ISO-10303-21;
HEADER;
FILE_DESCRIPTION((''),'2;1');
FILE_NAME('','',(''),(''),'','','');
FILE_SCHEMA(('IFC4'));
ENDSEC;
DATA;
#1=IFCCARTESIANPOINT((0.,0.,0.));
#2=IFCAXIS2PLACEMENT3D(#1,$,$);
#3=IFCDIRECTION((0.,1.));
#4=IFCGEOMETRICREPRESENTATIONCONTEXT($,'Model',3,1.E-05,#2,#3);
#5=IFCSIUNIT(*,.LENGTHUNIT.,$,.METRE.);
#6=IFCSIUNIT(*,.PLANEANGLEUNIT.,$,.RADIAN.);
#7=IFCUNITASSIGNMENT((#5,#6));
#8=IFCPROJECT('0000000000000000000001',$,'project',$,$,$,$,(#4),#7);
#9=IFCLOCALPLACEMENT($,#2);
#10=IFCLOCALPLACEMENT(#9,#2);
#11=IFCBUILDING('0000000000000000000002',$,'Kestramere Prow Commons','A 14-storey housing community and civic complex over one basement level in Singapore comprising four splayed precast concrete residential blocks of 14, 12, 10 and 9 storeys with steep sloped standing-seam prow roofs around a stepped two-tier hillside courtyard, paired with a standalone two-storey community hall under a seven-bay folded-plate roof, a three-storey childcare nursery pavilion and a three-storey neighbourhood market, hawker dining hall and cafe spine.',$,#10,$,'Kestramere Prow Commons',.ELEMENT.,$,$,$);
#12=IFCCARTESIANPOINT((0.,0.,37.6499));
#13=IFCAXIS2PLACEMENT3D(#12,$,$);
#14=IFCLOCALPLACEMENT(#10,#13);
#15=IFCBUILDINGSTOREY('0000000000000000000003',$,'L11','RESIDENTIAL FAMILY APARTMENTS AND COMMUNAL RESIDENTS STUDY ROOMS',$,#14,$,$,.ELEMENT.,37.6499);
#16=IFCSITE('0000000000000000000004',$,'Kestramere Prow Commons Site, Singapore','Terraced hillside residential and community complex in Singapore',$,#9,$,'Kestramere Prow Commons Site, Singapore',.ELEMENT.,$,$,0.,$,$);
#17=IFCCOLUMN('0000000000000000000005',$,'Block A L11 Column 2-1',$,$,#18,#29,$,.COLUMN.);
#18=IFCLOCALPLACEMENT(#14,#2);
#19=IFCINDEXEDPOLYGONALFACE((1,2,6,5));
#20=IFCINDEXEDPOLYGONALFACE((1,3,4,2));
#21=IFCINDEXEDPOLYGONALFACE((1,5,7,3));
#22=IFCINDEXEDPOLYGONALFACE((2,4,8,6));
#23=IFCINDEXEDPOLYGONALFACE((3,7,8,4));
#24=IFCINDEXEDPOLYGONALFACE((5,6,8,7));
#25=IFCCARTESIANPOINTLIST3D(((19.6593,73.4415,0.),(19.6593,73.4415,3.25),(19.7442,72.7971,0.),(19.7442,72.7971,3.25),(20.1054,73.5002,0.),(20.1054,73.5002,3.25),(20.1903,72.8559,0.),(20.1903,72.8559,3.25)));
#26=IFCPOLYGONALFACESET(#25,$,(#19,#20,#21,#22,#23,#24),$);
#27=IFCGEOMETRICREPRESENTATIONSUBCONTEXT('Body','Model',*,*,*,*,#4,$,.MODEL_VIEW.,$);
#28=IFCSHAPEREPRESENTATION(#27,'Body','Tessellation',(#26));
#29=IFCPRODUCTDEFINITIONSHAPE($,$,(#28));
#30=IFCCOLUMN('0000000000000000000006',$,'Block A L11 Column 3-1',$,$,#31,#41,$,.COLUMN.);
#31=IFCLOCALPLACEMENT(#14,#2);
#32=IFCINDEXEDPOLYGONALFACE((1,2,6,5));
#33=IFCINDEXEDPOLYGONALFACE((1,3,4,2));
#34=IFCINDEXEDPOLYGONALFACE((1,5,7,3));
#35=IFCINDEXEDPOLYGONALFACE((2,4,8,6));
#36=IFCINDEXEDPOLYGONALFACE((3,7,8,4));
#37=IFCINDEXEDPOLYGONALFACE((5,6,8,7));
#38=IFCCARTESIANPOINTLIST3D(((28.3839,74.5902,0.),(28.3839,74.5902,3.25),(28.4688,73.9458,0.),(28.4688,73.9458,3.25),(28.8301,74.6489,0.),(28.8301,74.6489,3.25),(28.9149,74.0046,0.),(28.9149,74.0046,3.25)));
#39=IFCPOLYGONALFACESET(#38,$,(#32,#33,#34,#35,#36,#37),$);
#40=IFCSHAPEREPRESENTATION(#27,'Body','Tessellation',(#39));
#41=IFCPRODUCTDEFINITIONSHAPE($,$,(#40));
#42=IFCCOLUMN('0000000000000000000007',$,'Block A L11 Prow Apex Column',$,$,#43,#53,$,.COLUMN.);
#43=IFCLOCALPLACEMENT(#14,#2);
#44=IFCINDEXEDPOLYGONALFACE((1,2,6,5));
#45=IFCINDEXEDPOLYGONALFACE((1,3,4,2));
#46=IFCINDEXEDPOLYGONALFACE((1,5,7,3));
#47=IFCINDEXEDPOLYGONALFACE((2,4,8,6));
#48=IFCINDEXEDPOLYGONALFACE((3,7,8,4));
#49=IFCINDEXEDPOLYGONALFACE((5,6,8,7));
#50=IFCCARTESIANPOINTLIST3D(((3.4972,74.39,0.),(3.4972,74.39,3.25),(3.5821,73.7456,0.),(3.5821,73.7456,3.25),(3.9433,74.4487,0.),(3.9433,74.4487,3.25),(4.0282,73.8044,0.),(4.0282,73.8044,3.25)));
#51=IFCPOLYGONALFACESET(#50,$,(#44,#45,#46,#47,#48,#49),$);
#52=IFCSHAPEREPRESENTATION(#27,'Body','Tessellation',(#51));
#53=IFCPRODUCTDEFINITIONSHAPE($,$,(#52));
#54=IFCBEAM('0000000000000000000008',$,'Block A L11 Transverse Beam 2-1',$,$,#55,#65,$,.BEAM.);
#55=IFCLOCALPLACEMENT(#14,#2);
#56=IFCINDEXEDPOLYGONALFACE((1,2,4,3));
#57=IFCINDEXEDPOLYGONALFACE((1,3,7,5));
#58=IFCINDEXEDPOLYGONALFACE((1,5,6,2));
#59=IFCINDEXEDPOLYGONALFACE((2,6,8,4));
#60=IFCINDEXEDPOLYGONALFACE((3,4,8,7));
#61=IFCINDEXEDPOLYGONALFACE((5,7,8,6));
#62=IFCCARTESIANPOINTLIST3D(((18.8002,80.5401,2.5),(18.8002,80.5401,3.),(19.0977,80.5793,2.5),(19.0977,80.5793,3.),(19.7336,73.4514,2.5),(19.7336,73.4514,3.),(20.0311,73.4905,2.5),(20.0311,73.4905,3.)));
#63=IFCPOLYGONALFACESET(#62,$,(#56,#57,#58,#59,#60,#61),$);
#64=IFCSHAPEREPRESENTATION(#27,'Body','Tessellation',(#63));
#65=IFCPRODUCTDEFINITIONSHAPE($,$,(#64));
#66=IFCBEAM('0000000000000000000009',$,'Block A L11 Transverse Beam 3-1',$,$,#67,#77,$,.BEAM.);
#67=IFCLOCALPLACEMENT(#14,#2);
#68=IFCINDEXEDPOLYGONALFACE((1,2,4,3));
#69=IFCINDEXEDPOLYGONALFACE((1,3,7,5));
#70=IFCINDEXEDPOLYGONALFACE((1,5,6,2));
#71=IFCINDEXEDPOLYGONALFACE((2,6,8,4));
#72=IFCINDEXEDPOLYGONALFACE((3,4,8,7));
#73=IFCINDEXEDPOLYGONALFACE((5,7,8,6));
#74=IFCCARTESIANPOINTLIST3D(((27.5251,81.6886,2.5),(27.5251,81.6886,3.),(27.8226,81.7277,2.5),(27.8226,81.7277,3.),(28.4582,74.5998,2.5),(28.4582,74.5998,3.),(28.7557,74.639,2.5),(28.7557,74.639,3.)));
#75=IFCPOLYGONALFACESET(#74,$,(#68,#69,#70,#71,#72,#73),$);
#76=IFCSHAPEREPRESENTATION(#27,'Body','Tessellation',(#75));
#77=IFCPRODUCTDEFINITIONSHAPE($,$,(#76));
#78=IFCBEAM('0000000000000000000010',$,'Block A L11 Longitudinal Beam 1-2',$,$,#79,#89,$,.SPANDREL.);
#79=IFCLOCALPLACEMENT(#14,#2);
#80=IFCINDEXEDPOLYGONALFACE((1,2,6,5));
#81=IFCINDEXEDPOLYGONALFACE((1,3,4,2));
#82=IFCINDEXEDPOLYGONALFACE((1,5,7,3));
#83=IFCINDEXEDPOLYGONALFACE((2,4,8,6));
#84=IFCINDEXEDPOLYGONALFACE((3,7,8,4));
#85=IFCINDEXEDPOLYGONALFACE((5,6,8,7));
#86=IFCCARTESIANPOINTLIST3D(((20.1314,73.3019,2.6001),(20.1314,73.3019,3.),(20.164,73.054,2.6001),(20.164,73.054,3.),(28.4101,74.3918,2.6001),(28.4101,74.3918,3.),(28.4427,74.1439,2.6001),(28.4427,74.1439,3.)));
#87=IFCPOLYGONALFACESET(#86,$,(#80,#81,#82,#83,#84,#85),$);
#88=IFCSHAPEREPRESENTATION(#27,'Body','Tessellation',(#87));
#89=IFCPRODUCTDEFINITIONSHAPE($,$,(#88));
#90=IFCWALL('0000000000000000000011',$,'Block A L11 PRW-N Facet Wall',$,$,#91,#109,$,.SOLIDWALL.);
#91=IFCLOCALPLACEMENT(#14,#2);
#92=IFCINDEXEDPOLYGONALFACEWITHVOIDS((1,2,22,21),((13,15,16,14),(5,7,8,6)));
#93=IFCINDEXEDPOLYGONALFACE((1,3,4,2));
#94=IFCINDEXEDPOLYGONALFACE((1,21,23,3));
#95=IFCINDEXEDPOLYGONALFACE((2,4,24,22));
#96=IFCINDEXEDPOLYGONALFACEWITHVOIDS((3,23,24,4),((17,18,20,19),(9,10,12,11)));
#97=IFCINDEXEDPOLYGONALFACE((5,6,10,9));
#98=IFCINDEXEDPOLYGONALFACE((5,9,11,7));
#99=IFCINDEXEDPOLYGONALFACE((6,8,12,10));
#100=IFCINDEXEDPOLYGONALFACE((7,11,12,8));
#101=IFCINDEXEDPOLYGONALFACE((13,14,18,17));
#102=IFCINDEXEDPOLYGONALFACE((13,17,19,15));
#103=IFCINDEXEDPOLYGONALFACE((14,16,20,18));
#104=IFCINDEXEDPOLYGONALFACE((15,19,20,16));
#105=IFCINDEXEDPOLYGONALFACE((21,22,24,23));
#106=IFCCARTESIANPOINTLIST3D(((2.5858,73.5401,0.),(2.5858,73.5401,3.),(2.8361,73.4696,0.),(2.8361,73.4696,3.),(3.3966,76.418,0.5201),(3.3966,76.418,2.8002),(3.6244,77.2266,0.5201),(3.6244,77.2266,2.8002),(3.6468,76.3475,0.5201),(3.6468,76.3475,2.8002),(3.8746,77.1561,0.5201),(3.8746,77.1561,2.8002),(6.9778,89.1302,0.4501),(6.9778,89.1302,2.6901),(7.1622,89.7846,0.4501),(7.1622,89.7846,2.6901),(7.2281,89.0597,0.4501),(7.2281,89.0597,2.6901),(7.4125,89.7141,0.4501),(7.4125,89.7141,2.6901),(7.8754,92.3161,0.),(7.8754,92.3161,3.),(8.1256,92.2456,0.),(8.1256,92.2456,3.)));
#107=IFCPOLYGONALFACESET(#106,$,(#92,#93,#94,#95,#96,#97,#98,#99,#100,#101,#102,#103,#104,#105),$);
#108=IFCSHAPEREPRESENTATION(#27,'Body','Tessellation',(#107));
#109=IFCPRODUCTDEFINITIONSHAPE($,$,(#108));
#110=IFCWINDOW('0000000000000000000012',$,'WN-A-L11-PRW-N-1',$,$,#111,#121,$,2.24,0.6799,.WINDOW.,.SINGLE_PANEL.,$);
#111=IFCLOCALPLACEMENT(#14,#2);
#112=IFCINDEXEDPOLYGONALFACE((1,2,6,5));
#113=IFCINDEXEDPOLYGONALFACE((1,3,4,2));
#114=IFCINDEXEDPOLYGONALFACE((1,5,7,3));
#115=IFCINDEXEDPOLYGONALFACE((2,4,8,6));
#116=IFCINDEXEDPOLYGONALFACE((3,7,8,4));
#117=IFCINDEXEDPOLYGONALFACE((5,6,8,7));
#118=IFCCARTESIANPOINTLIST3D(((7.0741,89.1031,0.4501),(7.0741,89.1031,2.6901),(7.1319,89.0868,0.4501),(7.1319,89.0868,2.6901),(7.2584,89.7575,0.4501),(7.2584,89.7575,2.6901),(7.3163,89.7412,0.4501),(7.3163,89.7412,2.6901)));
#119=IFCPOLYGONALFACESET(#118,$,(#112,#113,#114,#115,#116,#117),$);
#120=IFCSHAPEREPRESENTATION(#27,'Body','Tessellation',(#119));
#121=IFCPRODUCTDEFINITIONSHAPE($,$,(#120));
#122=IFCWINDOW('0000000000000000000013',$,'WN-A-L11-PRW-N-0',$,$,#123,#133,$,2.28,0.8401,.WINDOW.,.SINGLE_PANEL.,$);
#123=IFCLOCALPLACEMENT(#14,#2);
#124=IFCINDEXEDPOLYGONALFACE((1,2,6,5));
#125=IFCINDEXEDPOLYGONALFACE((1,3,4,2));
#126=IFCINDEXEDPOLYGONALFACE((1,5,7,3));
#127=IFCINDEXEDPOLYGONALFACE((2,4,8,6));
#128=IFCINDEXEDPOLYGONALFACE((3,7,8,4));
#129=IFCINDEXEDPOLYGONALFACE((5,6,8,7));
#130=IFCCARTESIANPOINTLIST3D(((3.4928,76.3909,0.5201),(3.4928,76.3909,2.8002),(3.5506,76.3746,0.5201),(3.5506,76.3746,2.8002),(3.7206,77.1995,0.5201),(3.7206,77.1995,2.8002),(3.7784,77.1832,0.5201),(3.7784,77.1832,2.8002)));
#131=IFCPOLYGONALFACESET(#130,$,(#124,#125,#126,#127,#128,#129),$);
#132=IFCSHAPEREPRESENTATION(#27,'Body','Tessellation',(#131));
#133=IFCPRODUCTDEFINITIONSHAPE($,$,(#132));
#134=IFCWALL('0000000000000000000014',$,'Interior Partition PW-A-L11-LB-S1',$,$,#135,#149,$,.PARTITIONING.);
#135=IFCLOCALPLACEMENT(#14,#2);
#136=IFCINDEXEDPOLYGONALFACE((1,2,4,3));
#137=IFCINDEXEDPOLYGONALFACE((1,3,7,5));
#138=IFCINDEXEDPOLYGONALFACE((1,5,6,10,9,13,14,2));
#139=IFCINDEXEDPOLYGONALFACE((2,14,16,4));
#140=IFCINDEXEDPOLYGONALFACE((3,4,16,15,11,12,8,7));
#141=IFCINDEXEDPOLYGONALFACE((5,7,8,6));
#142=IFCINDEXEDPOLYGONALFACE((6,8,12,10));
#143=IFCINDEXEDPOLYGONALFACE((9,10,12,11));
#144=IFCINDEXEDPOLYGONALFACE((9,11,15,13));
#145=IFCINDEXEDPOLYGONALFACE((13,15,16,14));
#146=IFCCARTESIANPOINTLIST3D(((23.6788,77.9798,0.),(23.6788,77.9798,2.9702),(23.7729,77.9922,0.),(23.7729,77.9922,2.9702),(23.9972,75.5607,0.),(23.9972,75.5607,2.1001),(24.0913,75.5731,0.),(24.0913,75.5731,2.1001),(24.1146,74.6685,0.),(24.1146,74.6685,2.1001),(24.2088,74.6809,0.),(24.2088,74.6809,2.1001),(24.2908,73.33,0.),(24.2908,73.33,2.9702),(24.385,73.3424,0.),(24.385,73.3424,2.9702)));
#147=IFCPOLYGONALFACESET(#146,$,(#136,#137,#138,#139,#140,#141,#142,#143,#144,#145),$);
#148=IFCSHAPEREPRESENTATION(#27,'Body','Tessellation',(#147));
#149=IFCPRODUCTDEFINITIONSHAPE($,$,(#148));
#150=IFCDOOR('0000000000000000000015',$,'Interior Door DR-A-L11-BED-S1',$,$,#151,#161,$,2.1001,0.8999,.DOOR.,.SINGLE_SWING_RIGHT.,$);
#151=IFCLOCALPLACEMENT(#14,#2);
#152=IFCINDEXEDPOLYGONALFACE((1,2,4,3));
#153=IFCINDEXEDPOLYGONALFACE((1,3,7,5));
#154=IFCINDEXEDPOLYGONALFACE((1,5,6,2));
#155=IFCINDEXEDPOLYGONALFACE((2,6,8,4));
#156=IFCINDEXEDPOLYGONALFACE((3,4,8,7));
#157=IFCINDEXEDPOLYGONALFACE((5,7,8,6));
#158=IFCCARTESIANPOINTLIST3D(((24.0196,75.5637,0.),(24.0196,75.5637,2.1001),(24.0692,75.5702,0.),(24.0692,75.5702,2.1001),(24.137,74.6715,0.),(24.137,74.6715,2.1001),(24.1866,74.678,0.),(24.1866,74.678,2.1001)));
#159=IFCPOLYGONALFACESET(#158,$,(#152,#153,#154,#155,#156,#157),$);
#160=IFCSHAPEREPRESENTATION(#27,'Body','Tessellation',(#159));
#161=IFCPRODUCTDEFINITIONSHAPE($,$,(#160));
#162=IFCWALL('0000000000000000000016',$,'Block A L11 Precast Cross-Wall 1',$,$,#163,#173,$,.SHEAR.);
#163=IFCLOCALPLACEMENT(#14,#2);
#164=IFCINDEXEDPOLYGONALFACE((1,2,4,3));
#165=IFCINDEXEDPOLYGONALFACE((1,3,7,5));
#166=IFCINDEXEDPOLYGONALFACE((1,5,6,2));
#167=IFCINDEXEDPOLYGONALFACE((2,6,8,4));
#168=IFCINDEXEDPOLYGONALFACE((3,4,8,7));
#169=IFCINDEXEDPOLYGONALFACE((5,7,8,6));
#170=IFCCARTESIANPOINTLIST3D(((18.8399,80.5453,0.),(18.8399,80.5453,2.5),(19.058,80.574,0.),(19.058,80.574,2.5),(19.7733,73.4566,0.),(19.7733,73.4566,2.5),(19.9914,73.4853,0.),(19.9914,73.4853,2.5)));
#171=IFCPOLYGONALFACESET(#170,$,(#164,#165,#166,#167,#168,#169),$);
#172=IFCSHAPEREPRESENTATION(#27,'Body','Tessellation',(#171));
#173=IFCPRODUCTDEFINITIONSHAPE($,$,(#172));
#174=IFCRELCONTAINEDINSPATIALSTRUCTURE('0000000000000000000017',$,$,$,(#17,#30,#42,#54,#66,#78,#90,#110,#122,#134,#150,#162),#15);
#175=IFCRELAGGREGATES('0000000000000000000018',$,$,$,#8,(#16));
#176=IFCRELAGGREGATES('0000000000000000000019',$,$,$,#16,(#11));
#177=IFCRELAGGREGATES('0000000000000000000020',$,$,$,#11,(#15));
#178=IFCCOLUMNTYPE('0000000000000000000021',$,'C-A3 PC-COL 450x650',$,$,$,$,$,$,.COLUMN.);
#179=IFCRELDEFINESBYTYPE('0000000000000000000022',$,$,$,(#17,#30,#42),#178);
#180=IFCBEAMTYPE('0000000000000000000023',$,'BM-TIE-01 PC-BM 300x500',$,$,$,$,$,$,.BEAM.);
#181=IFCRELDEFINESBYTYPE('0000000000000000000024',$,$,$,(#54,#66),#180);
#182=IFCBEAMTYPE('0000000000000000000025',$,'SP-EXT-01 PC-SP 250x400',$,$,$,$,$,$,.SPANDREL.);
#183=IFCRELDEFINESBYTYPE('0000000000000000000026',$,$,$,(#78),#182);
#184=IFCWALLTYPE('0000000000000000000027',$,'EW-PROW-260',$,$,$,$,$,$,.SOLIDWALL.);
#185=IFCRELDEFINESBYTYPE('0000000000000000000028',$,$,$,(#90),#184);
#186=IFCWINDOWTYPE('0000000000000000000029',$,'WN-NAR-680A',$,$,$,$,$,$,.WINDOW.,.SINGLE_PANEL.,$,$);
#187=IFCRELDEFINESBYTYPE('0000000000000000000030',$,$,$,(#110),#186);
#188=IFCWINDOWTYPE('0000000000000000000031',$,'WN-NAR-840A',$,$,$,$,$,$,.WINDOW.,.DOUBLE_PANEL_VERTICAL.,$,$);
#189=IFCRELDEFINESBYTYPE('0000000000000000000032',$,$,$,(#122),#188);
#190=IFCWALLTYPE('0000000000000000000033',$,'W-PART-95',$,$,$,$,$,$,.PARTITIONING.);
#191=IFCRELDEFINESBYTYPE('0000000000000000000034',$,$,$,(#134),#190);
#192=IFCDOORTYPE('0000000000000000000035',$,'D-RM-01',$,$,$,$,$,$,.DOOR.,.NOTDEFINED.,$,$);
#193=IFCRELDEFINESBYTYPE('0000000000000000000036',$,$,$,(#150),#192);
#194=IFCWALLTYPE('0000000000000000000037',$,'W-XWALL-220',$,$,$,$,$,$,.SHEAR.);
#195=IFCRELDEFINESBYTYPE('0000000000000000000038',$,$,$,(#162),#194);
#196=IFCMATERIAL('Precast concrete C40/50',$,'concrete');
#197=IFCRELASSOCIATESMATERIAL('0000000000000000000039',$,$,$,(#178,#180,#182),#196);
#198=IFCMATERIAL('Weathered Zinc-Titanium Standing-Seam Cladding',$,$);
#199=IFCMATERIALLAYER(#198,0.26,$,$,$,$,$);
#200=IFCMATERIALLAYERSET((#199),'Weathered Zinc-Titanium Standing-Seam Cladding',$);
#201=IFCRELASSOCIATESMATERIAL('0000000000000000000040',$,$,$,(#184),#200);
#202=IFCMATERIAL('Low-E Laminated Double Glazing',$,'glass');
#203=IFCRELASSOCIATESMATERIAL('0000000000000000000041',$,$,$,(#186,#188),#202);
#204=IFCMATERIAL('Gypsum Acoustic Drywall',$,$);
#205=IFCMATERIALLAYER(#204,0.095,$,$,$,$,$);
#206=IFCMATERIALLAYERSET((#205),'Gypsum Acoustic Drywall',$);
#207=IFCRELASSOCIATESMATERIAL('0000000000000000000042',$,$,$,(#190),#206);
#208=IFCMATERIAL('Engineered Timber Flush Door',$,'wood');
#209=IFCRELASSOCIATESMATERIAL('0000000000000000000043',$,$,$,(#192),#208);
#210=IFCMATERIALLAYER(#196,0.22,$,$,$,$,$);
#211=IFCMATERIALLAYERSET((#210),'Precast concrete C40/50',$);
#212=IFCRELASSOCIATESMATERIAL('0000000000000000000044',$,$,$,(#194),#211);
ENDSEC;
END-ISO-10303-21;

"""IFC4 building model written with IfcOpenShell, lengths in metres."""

from ifc_helpers import new_model, si_unit, direction, frame, frame_2d, origin, origin_2d, place, context, subcontext, project, spatial, rectangle, extrude, material, layer, layer_set, material_profile, profile_set, type_object, element, fill, save


model = new_model("IFC4")

# Units and contexts
model_context = context("Model", 3, precision=1e-05, world=origin(), true_north=direction((0.0, 1.0)))
body_context = subcontext(model_context, "Body", "Model", "MODEL_VIEW")
ifc_project = project(units=[si_unit("LENGTHUNIT", "METRE"), si_unit("PLANEANGLEUNIT", "RADIAN")], contexts=[model_context])

# Site, building, storey
site_placement = place(None, origin())
site = spatial("IfcSite", under=ifc_project, at=site_placement, Name="Kestramere Prow Commons Site, Singapore", Description="Terraced hillside residential and community complex in Singapore", LongName="Kestramere Prow Commons Site, Singapore", CompositionType="ELEMENT", RefElevation=0.0)
building_placement = place(site_placement, origin())
building = spatial("IfcBuilding", under=site, at=building_placement, Name="Kestramere Prow Commons", Description="A 14-storey housing community and civic complex over one basement level in Singapore comprising four splayed precast concrete residential blocks of 14, 12, 10 and 9 storeys with steep sloped standing-seam prow roofs around a stepped two-tier hillside courtyard, paired with a standalone two-storey community hall under a seven-bay folded-plate roof, a three-storey childcare nursery pavilion and a three-storey neighbourhood market, hawker dining hall and cafe spine.", LongName="Kestramere Prow Commons", CompositionType="ELEMENT")
storey_placement = place(building_placement, frame((0.0, 0.0, 37.6499)))
storey = spatial("IfcBuildingStorey", under=building, at=storey_placement, Name="L11", Description="RESIDENTIAL FAMILY APARTMENTS AND COMMUNAL RESIDENTS STUDY ROOMS", CompositionType="ELEMENT", Elevation=37.6499)

# Columns
ifc_material_1 = material(Name="Precast concrete C40/50", Category="concrete")
ifc_material_profile_1 = material_profile(ifc_material_1, rectangle(XDim=0.45, YDim=0.6499, at=origin_2d()), Name="PC-COL 450x650")
ifc_profile_set_1 = profile_set([ifc_material_profile_1], Name="Precast concrete C40/50")
column_type = type_object("IfcColumnType", Name="C-A3 PC-COL 450x650", PredefinedType="COLUMN", material=ifc_profile_set_1)
for number, where, z_axis, x_axis, name in (
    (1, (19.9248, 73.1487, 0.0), (0.0, 0.0, 1.0), (0.991445, 0.130526, 0.0), "Block A L11 Column 2-1"),
    (2, (28.6494, 74.2974, 0.0), (0.0, 0.0, 1.0), (0.991445, 0.130526, 0.0), "Block A L11 Column 3-1"),
    (3, (3.7627, 74.0972, 0.0), (0.0, 0.0, 1.0), (0.991445, 0.130526, 0.0), "Block A L11 Prow Apex Column"),
):
    element("IfcColumn", number, at=place(storey_placement, frame(where, z_axis=z_axis, x_axis=x_axis)), inside=storey, type_object=column_type, Name=name, PredefinedType="COLUMN", context=body_context, shape_type="SweptSolid", body=[
        extrude(rectangle(XDim=0.45, YDim=0.6499, at=origin_2d()), origin(), (0.0, 0.0, 1.0), 3.25),
    ])

# Beams
ifc_material_profile_2 = material_profile(ifc_material_1, rectangle(XDim=0.3, YDim=0.5, at=origin_2d()), Name="PC-BM 300x500")
ifc_profile_set_2 = profile_set([ifc_material_profile_2], Name="Precast concrete C40/50")
beam_type_1 = type_object("IfcBeamType", Name="BM-TIE-01 PC-BM 300x500", PredefinedType="BEAM", material=ifc_profile_set_2)
for number, where, z_axis, x_axis, name in (
    (4, (19.8823, 73.4709, 2.75), (-0.130542, 0.991443, 0.0), (-0.991443, -0.130542, 0.0), "Block A L11 Transverse Beam 2-1"),
    (5, (28.6069, 74.6194, 2.75), (-0.130504, 0.991448, 0.0), (-0.991448, -0.130504, 0.0), "Block A L11 Transverse Beam 3-1"),
):
    element("IfcBeam", number, at=place(storey_placement, frame(where, z_axis=z_axis, x_axis=x_axis)), inside=storey, type_object=beam_type_1, Name=name, PredefinedType="BEAM", context=body_context, shape_type="SweptSolid", body=[
        extrude(rectangle(XDim=0.3, YDim=0.5, at=origin_2d()), origin(), (0.0, 0.0, 1.0), 7.1499),
    ])
ifc_material_profile_3 = material_profile(ifc_material_1, rectangle(XDim=0.25, YDim=0.3999, at=origin_2d()), Name="PC-SP 250x400")
ifc_profile_set_3 = profile_set([ifc_material_profile_3], Name="Precast concrete C40/50")
beam_type_2 = type_object("IfcBeamType", Name="SP-EXT-01 PC-SP 250x400", PredefinedType="SPANDREL", material=ifc_profile_set_3)
beam_placement = place(storey_placement, frame((20.1477, 73.178, 2.8), z_axis=(0.991446, 0.13052, 0.0), x_axis=(-0.13052, 0.991446, 0.0)))
element("IfcBeam", 6, at=beam_placement, inside=storey, type_object=beam_type_2, Name="Block A L11 Longitudinal Beam 1-2", PredefinedType="SPANDREL", context=body_context, shape_type="SweptSolid", body=[
    extrude(rectangle(XDim=0.25, YDim=0.3999, at=origin_2d()), origin(), (0.0, 0.0, 1.0), 8.3501),
])

# Wall, openings, windows
ifc_material_2 = material(Name="Weathered Zinc-Titanium Standing-Seam Cladding")
ifc_layer_1 = layer(ifc_material_2, 0.26)
ifc_layer_set_1 = layer_set([ifc_layer_1], Name="Weathered Zinc-Titanium Standing-Seam Cladding")
wall_type_1 = type_object("IfcWallType", Name="EW-PROW-260", PredefinedType="SOLIDWALL", material=ifc_layer_set_1)
wall_1_placement = place(storey_placement, frame((2.7109, 73.5049, 0.0), z_axis=(0.0, 0.0, 1.0), x_axis=(0.271165, 0.962533, 0.0)))
wall_1 = element("IfcWall", 7, at=wall_1_placement, inside=storey, type_object=wall_type_1, Name="Block A L11 PRW-N Facet Wall", PredefinedType="SOLIDWALL", context=body_context, shape_type="SweptSolid", body=[
    extrude(rectangle(XDim=19.5068, YDim=0.26, at=frame_2d((9.7534, 0.0))), origin(), (0.0, 0.0, 1.0), 3.0),
])
opening_1_placement = place(wall_1_placement, frame((2.99, 0.0, 0.52)))
opening_1 = element("IfcOpeningElement", 8, at=opening_1_placement, cuts=wall_1, PredefinedType="OPENING", context=body_context, shape_type="SweptSolid", body=[
    extrude(rectangle(XDim=0.8401, YDim=2.28, at=frame_2d((0.4199, 1.1401))), frame((0.0, 0.145, 0.0), z_axis=(0.0, -1.0, 0.0), x_axis=(1.0, 0.0, 0.0)), (0.0, 0.0, 1.0), 0.29),
])
opening_2_placement = place(wall_1_placement, frame((16.197, 0.0, 0.45)))
opening_2 = element("IfcOpeningElement", 9, at=opening_2_placement, cuts=wall_1, PredefinedType="OPENING", context=body_context, shape_type="SweptSolid", body=[
    extrude(rectangle(XDim=0.6799, YDim=2.24, at=frame_2d((0.3398, 1.1201))), frame((0.0, 0.145, 0.0), z_axis=(0.0, -1.0, 0.0), x_axis=(1.0, 0.0, 0.0)), (0.0, 0.0, 1.0), 0.29),
])
ifc_material_3 = material(Name="Low-E Laminated Double Glazing", Category="glass")
window_type_1 = type_object("IfcWindowType", Name="WN-NAR-680A", PartitioningType="SINGLE_PANEL", PredefinedType="WINDOW", material=ifc_material_3)
window_1_placement = place(opening_2_placement, origin())
window_1 = element("IfcWindow", 10, at=window_1_placement, inside=storey, type_object=window_type_1, Name="WN-A-L11-PRW-N-1", OverallHeight=2.24, OverallWidth=0.6799, PartitioningType="SINGLE_PANEL", PredefinedType="WINDOW", context=body_context, shape_type="SweptSolid", body=[
    extrude(rectangle(XDim=0.6799, YDim=2.24, at=frame_2d((0.3398, 1.1201))), frame((0.0, 0.03, 0.0), z_axis=(0.0, -1.0, 0.0), x_axis=(1.0, 0.0, 0.0)), (0.0, 0.0, 1.0), 0.0601),
])
fill(opening_2, window_1)
window_type_2 = type_object("IfcWindowType", Name="WN-NAR-840A", PartitioningType="DOUBLE_PANEL_VERTICAL", PredefinedType="WINDOW", material=ifc_material_3)
window_2_placement = place(opening_1_placement, origin())
window_2 = element("IfcWindow", 11, at=window_2_placement, inside=storey, type_object=window_type_2, Name="WN-A-L11-PRW-N-0", OverallHeight=2.28, OverallWidth=0.8401, PartitioningType="SINGLE_PANEL", PredefinedType="WINDOW", context=body_context, shape_type="SweptSolid", body=[
    extrude(rectangle(XDim=0.8401, YDim=2.28, at=frame_2d((0.4199, 1.1401))), frame((0.0, 0.03, 0.0), z_axis=(0.0, -1.0, 0.0), x_axis=(1.0, 0.0, 0.0)), (0.0, 0.0, 1.0), 0.0601),
])
fill(opening_1, window_2)

# Wall, opening, door
ifc_material_4 = material(Name="Gypsum Acoustic Drywall")
ifc_layer_2 = layer(ifc_material_4, 0.095)
ifc_layer_set_2 = layer_set([ifc_layer_2], Name="Gypsum Acoustic Drywall")
wall_type_2 = type_object("IfcWallType", Name="W-PART-95", PredefinedType="PARTITIONING", material=ifc_layer_set_2)
wall_2_placement = place(storey_placement, frame((24.3379, 73.3362, 0.0), z_axis=(0.0, 0.0, 1.0), x_axis=(-0.130503, 0.991448, 0.0)))
wall_2 = element("IfcWall", 12, at=wall_2_placement, inside=storey, type_object=wall_type_2, Name="Interior Partition PW-A-L11-LB-S1", PredefinedType="PARTITIONING", context=body_context, shape_type="SweptSolid", body=[
    extrude(rectangle(XDim=4.6899, YDim=0.095, at=frame_2d((2.345, 0.0))), origin(), (0.0, 0.0, 1.0), 2.9702),
])
opening_3_placement = place(wall_2_placement, frame((1.3501, 0.0, 0.0)))
opening_3 = element("IfcOpeningElement", 13, at=opening_3_placement, cuts=wall_2, PredefinedType="OPENING", context=body_context, shape_type="SweptSolid", body=[
    extrude(rectangle(XDim=0.8999, YDim=2.1001, at=frame_2d((0.45, 1.05))), frame((0.0, 0.0625, 0.0), z_axis=(0.0, -1.0, 0.0), x_axis=(1.0, 0.0, 0.0)), (0.0, 0.0, 1.0), 0.125),
])
ifc_material_5 = material(Name="Engineered Timber Flush Door", Category="wood")
door_type_1 = type_object("IfcDoorType", Name="D-RM-01", OperationType="NOTDEFINED", PredefinedType="DOOR", material=ifc_material_5)
door_1_placement = place(opening_3_placement, origin())
door_1 = element("IfcDoor", 14, at=door_1_placement, inside=storey, type_object=door_type_1, Name="Interior Door DR-A-L11-BED-S1", OperationType="SINGLE_SWING_RIGHT", OverallHeight=2.1001, OverallWidth=0.8999, PredefinedType="DOOR", context=body_context, shape_type="SweptSolid", body=[
    extrude(rectangle(XDim=0.8999, YDim=2.1001, at=frame_2d((0.45, 1.05))), frame((0.0, 0.0249, 0.0), z_axis=(0.0, -1.0, 0.0), x_axis=(1.0, 0.0, 0.0)), (0.0, 0.0, 1.0), 0.05),
])
fill(opening_3, door_1)

# Wall
ifc_layer_3 = layer(ifc_material_1, 0.22)
ifc_layer_set_3 = layer_set([ifc_layer_3], Name="Precast concrete C40/50")
wall_type_3 = type_object("IfcWallType", Name="W-XWALL-220", PredefinedType="SHEAR", material=ifc_layer_set_3)
for number, where, z_axis, x_axis, name in (
    (15, (19.8823, 73.4709, 0.0), (0.0, 0.0, 1.0), (-0.130542, 0.991443, 0.0), "Block A L11 Precast Cross-Wall 1"),
):
    element("IfcWall", number, at=place(storey_placement, frame(where, z_axis=z_axis, x_axis=x_axis)), inside=storey, type_object=wall_type_3, Name=name, PredefinedType="SHEAR", context=body_context, shape_type="SweptSolid", body=[
        extrude(rectangle(XDim=7.1499, YDim=0.22, at=frame_2d((3.575, 0.0))), origin(), (0.0, 0.0, 1.0), 2.5),
    ])

save(model, "model.ifc")
